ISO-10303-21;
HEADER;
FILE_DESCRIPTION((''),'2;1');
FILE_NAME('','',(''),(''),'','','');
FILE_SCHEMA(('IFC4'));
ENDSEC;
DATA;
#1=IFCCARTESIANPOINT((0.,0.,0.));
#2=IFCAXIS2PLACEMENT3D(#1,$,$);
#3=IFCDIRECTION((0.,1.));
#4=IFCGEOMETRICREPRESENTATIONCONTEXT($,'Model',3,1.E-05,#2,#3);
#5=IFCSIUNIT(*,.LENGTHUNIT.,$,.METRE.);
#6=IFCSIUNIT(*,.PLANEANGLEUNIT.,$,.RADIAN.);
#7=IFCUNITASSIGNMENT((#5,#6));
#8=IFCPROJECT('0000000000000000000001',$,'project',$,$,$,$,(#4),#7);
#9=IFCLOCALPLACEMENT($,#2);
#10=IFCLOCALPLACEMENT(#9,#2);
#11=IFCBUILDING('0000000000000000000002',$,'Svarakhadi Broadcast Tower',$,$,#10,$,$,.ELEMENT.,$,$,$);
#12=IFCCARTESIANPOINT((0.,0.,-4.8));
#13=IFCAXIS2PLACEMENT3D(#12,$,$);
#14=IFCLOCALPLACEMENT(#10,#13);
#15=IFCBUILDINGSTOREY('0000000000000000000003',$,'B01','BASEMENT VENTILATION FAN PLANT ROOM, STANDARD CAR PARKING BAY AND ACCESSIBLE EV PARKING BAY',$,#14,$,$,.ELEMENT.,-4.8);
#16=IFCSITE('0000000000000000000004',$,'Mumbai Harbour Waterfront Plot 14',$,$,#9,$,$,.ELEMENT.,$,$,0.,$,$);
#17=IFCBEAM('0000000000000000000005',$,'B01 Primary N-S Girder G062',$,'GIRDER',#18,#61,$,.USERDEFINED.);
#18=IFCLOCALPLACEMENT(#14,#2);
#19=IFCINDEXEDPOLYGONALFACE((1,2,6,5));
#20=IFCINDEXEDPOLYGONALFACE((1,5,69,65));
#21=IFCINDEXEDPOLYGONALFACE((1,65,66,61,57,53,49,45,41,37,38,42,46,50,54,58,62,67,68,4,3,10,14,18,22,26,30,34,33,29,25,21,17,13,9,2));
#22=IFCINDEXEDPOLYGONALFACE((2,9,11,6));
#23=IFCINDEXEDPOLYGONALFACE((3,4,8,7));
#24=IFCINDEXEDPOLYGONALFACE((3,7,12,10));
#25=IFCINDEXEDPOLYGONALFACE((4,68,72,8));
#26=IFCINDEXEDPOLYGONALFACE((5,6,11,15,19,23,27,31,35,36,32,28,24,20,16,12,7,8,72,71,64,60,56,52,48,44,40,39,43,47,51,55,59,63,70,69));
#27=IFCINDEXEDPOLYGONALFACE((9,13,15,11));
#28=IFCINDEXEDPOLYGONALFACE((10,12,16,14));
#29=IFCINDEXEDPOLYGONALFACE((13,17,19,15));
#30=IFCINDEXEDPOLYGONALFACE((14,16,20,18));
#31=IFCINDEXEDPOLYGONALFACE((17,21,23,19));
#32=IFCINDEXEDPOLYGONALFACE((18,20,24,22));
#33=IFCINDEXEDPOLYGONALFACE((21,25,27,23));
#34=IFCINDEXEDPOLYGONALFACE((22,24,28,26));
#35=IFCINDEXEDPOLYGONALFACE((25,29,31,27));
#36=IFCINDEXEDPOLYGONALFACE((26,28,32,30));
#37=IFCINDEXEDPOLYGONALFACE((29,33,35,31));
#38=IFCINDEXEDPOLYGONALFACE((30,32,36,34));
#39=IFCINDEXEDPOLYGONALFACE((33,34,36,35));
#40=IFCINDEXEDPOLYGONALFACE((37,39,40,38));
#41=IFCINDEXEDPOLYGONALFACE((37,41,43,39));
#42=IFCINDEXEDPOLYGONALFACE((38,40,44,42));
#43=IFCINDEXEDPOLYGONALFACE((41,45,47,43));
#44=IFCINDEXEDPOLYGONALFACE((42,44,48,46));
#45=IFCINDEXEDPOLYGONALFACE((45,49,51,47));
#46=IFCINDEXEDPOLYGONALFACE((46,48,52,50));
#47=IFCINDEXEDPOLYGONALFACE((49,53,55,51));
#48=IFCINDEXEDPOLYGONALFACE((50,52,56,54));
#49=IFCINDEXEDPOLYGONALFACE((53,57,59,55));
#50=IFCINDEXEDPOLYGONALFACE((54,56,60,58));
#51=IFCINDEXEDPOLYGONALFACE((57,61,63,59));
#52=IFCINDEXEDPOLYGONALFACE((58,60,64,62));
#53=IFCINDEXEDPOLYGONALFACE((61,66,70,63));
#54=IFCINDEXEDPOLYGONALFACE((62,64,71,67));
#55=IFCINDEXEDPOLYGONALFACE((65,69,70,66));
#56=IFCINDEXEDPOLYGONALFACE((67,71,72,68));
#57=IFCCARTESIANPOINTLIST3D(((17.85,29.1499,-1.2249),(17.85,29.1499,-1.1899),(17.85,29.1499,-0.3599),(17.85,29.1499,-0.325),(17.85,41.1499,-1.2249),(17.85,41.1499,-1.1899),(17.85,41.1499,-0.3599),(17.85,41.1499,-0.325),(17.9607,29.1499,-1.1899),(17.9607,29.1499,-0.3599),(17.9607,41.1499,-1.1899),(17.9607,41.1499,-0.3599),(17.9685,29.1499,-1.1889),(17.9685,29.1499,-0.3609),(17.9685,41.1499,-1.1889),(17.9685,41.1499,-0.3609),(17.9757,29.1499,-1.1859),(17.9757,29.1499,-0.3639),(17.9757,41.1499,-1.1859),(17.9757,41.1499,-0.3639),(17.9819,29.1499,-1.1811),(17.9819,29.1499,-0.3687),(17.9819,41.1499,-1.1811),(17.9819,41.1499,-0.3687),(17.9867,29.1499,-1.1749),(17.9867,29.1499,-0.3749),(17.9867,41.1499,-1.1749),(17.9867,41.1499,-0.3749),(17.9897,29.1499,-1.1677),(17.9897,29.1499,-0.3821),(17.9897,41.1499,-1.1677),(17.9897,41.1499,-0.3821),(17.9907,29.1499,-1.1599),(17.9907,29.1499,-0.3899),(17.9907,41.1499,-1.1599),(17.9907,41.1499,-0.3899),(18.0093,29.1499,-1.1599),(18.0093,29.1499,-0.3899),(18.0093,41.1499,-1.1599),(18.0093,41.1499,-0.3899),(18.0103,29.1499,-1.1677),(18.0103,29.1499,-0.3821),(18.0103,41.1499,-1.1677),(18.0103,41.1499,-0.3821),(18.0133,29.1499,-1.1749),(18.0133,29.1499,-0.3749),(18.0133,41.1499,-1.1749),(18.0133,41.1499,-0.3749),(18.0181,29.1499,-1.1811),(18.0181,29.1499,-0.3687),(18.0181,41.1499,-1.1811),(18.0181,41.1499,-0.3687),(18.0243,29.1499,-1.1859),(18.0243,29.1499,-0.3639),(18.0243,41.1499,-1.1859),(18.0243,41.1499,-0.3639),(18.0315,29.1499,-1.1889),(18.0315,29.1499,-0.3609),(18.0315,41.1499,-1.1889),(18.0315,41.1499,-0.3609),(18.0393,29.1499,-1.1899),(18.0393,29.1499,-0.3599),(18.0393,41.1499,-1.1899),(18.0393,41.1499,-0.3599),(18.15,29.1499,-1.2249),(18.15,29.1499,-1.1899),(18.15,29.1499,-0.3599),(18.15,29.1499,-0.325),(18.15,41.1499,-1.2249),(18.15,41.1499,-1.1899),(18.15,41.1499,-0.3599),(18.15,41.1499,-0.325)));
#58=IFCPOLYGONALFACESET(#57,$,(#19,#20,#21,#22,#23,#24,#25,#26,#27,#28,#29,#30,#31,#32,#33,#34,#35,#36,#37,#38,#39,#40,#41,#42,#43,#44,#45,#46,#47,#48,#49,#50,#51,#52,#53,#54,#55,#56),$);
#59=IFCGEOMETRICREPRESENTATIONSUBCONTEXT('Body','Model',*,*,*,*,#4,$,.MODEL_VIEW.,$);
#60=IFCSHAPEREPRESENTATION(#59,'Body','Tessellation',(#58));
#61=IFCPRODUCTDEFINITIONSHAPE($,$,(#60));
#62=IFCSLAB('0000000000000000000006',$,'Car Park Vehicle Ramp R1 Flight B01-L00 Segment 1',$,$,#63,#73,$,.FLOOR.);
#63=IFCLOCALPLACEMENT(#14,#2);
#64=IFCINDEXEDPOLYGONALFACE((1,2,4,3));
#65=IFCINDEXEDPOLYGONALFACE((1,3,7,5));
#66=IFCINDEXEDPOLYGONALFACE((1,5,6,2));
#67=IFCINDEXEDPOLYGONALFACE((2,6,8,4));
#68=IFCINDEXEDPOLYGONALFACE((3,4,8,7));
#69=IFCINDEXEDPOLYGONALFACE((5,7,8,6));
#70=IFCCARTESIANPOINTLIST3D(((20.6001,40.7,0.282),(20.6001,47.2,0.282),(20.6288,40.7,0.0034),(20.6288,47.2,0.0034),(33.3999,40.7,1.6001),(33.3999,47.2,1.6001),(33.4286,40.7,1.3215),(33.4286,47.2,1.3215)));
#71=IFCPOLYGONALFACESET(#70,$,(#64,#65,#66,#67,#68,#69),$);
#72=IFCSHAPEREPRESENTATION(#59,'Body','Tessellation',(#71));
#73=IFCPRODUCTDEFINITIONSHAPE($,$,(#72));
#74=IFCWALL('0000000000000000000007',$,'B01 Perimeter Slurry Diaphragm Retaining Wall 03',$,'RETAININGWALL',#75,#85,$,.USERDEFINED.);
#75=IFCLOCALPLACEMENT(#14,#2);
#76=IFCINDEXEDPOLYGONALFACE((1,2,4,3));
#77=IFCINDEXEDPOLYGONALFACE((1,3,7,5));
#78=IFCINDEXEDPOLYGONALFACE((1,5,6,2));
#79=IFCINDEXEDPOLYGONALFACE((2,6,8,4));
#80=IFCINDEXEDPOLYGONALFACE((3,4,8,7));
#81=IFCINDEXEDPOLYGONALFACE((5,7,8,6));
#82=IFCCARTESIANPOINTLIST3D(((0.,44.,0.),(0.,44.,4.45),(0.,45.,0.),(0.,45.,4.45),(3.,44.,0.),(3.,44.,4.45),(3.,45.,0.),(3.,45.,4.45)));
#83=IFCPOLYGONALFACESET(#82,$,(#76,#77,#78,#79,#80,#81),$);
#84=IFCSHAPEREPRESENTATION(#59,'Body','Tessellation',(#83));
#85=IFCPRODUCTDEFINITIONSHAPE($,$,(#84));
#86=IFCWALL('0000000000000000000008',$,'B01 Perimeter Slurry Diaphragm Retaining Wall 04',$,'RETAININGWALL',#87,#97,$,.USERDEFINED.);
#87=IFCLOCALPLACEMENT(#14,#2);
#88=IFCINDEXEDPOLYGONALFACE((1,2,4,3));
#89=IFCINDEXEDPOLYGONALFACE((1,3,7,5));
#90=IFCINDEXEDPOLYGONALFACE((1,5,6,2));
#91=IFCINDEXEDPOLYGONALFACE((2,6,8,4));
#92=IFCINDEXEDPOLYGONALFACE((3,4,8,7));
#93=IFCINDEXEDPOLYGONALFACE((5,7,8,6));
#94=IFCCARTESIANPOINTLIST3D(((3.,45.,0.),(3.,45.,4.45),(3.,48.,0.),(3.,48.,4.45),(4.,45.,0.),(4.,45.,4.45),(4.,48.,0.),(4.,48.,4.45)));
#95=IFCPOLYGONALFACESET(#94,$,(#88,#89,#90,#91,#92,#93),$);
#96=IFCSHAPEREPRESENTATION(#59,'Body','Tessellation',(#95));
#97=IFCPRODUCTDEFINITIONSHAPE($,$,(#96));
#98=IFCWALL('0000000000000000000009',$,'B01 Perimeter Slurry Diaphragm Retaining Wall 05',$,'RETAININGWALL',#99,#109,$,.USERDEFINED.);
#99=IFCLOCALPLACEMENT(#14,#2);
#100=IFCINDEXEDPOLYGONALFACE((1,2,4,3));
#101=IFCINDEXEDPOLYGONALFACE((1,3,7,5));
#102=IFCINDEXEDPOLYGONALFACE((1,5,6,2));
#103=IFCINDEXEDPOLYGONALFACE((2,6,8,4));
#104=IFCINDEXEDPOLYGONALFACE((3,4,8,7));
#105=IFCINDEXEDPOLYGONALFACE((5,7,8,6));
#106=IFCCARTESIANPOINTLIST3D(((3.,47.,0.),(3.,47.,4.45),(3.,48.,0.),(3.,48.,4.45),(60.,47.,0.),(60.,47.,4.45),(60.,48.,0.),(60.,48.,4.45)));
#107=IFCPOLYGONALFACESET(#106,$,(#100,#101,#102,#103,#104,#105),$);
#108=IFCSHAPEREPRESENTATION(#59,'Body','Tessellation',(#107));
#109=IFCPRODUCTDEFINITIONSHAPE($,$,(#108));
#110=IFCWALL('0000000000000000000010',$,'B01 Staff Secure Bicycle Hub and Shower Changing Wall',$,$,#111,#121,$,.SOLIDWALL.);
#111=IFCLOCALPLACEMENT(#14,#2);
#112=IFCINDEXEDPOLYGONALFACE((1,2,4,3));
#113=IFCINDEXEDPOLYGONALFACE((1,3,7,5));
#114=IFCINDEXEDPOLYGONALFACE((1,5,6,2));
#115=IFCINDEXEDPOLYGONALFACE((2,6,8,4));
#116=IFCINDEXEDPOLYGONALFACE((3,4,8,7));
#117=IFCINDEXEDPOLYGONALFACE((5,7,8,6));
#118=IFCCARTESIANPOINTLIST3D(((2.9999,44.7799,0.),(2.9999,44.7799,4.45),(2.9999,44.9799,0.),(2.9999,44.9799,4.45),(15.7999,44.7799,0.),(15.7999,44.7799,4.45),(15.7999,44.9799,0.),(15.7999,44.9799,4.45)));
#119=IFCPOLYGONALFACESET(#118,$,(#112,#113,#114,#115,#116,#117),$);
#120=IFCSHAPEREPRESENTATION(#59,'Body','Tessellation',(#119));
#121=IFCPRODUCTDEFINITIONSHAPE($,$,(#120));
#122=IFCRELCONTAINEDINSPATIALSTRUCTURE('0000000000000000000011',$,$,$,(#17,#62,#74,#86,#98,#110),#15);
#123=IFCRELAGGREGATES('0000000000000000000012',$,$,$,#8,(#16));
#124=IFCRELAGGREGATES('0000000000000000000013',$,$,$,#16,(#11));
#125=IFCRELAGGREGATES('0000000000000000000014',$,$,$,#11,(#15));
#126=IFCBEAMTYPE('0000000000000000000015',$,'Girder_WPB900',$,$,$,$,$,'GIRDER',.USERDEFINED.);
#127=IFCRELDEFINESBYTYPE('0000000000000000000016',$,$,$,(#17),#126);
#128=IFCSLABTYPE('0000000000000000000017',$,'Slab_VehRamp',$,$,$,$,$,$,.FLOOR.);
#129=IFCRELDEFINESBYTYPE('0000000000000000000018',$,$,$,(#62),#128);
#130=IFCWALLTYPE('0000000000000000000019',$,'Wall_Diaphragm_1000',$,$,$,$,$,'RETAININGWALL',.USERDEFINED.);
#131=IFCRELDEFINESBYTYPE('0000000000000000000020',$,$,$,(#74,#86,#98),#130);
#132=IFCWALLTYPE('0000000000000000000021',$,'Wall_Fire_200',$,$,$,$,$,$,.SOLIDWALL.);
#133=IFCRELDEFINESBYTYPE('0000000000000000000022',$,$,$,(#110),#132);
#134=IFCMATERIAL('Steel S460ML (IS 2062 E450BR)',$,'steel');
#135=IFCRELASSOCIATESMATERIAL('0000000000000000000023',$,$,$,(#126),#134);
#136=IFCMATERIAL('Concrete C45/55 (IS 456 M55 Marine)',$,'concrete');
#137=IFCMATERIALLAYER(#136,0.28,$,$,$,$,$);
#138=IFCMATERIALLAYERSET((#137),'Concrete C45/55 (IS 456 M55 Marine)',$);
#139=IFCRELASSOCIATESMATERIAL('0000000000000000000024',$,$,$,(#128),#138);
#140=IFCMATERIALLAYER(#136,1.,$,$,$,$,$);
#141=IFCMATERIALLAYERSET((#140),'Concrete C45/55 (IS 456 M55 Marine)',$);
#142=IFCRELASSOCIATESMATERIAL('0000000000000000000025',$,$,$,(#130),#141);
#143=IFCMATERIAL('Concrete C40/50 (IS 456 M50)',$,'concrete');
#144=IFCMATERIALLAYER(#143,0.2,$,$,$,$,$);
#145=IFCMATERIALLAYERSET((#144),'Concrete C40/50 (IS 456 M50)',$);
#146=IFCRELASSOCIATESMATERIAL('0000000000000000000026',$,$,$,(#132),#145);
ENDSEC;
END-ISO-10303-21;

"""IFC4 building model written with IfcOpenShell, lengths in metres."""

from ifc_helpers import new_model, si_unit, direction, frame, frame_2d, origin, origin_2d, place, context, subcontext, project, spatial, polyline, rectangle, i_section, outline, extrude, material, layer, layer_set, material_profile, profile_set, type_object, element, save


model = new_model("IFC4")

# Units and contexts
model_context = context("Model", 3, precision=1e-05, world=origin(), true_north=direction((0.0, 1.0)))
body_context = subcontext(model_context, "Body", "Model", "MODEL_VIEW")
ifc_project = project(units=[si_unit("LENGTHUNIT", "METRE"), si_unit("PLANEANGLEUNIT", "RADIAN")], contexts=[model_context])

# Site, building, storey
site_placement = place(None, origin())
site = spatial("IfcSite", under=ifc_project, at=site_placement, Name="Mumbai Harbour Waterfront Plot 14", CompositionType="ELEMENT", RefElevation=0.0)
building_placement = place(site_placement, origin())
building = spatial("IfcBuilding", under=site, at=building_placement, Name="Svarakhadi Broadcast Tower", CompositionType="ELEMENT")
storey_placement = place(building_placement, frame((0.0, 0.0, -4.8)))
storey = spatial("IfcBuildingStorey", under=building, at=storey_placement, Name="B01", Description="BASEMENT VENTILATION FAN PLANT ROOM, STANDARD CAR PARKING BAY AND ACCESSIBLE EV PARKING BAY", CompositionType="ELEMENT", Elevation=-4.8)

# Shared definitions
ifc_material_1 = material(Name="Steel S460ML (IS 2062 E450BR)", Category="steel")
ifc_material_2 = material(Name="Concrete C45/55 (IS 456 M55 Marine)", Category="concrete")

# Beam
ifc_material_profile_1 = material_profile(ifc_material_1, i_section(OverallWidth=0.3, OverallDepth=0.8999, WebThickness=0.0186, FlangeThickness=0.0349, FilletRadius=0.03, at=origin_2d()), Name="WPB 900x300x291")
ifc_profile_set_1 = profile_set([ifc_material_profile_1], Name="Steel S460ML (IS 2062 E450BR)")
beam_type_1 = type_object("IfcBeamType", Name="Girder_WPB900", ElementType="GIRDER", PredefinedType="USERDEFINED", material=ifc_profile_set_1)
for number, where, z_axis, x_axis, name in (
    (1, (18.0, 29.1499, -0.7749), (0.0, 1.0, 0.0), (-1.0, 0.0, 0.0), "B01 Primary N-S Girder G062"),
):
    element("IfcBeam", number, at=place(storey_placement, frame(where, z_axis=z_axis, x_axis=x_axis)), inside=storey, type_object=beam_type_1, Name=name, ObjectType="GIRDER", PredefinedType="USERDEFINED", context=body_context, shape_type="SweptSolid", body=[
        extrude(i_section(OverallWidth=0.3, OverallDepth=0.8999, WebThickness=0.0186, FlangeThickness=0.0349, FilletRadius=0.03, at=origin_2d()), origin(), (0.0, 0.0, 1.0), 12.0),
    ])

# Slab
ifc_layer_1 = layer(ifc_material_2, 0.28)
ifc_layer_set_1 = layer_set([ifc_layer_1], Name="Concrete C45/55 (IS 456 M55 Marine)")
slab_type = type_object("IfcSlabType", Name="Slab_VehRamp", PredefinedType="FLOOR", material=ifc_layer_set_1)
slab_placement = place(storey_placement, frame((20.6001, 40.7, 0.282), z_axis=(-0.102438, 0.0, 0.994739), x_axis=(0.994739, 0.0, 0.102438)))
element("IfcSlab", 2, at=slab_placement, inside=storey, type_object=slab_type, Name="Car Park Vehicle Ramp R1 Flight B01-L00 Segment 1", PredefinedType="FLOOR", context=body_context, shape_type="SweptSolid", body=[
    extrude(outline(polyline([(0.0, 0.0), (12.8675, 0.0), (12.8675, 6.5), (0.0, 6.5), (0.0, 0.0)])), origin(), (0.0, 0.0, -1.0), 0.28),
])

# Walls
ifc_layer_2 = layer(ifc_material_2, 1.0)
ifc_layer_set_2 = layer_set([ifc_layer_2], Name="Concrete C45/55 (IS 456 M55 Marine)")
wall_type_1 = type_object("IfcWallType", Name="Wall_Diaphragm_1000", ElementType="RETAININGWALL", PredefinedType="USERDEFINED", material=ifc_layer_set_2)
for number, where, z_axis, x_axis, name in (
    (3, (0.0, 44.5, 0.0), (0.0, 0.0, 1.0), (1.0, 0.0, 0.0), "B01 Perimeter Slurry Diaphragm Retaining Wall 03"),
    (4, (3.5, 45.0, 0.0), (0.0, 0.0, 1.0), (0.0, 1.0, 0.0), "B01 Perimeter Slurry Diaphragm Retaining Wall 04"),
):
    element("IfcWall", number, at=place(storey_placement, frame(where, z_axis=z_axis, x_axis=x_axis)), inside=storey, type_object=wall_type_1, Name=name, ObjectType="RETAININGWALL", PredefinedType="USERDEFINED", context=body_context, shape_type="SweptSolid", body=[
        extrude(rectangle(XDim=3.0, YDim=1.0, at=frame_2d((1.5, 0.0))), origin(), (0.0, 0.0, 1.0), 4.45),
    ])
wall_1_placement = place(storey_placement, frame((3.0, 47.5, 0.0), z_axis=(0.0, 0.0, 1.0), x_axis=(1.0, 0.0, 0.0)))
element("IfcWall", 5, at=wall_1_placement, inside=storey, type_object=wall_type_1, Name="B01 Perimeter Slurry Diaphragm Retaining Wall 05", ObjectType="RETAININGWALL", PredefinedType="USERDEFINED", context=body_context, shape_type="SweptSolid", body=[
    extrude(rectangle(XDim=57.0, YDim=1.0, at=frame_2d((28.5, 0.0))), origin(), (0.0, 0.0, 1.0), 4.45),
])
ifc_material_3 = material(Name="Concrete C40/50 (IS 456 M50)", Category="concrete")
ifc_layer_3 = layer(ifc_material_3, 0.2)
ifc_layer_set_3 = layer_set([ifc_layer_3], Name="Concrete C40/50 (IS 456 M50)")
wall_type_2 = type_object("IfcWallType", Name="Wall_Fire_200", PredefinedType="SOLIDWALL", material=ifc_layer_set_3)
wall_2_placement = place(storey_placement, frame((3.0, 44.8799, 0.0), z_axis=(0.0, 0.0, 1.0), x_axis=(1.0, 0.0, 0.0)))
element("IfcWall", 6, at=wall_2_placement, inside=storey, type_object=wall_type_2, Name="B01 Staff Secure Bicycle Hub and Shower Changing Wall", PredefinedType="SOLIDWALL", context=body_context, shape_type="SweptSolid", body=[
    extrude(rectangle(XDim=12.8, YDim=0.2, at=frame_2d((6.3999, 0.0))), origin(), (0.0, 0.0, 1.0), 4.45),
])

save(model, "model.ifc")
